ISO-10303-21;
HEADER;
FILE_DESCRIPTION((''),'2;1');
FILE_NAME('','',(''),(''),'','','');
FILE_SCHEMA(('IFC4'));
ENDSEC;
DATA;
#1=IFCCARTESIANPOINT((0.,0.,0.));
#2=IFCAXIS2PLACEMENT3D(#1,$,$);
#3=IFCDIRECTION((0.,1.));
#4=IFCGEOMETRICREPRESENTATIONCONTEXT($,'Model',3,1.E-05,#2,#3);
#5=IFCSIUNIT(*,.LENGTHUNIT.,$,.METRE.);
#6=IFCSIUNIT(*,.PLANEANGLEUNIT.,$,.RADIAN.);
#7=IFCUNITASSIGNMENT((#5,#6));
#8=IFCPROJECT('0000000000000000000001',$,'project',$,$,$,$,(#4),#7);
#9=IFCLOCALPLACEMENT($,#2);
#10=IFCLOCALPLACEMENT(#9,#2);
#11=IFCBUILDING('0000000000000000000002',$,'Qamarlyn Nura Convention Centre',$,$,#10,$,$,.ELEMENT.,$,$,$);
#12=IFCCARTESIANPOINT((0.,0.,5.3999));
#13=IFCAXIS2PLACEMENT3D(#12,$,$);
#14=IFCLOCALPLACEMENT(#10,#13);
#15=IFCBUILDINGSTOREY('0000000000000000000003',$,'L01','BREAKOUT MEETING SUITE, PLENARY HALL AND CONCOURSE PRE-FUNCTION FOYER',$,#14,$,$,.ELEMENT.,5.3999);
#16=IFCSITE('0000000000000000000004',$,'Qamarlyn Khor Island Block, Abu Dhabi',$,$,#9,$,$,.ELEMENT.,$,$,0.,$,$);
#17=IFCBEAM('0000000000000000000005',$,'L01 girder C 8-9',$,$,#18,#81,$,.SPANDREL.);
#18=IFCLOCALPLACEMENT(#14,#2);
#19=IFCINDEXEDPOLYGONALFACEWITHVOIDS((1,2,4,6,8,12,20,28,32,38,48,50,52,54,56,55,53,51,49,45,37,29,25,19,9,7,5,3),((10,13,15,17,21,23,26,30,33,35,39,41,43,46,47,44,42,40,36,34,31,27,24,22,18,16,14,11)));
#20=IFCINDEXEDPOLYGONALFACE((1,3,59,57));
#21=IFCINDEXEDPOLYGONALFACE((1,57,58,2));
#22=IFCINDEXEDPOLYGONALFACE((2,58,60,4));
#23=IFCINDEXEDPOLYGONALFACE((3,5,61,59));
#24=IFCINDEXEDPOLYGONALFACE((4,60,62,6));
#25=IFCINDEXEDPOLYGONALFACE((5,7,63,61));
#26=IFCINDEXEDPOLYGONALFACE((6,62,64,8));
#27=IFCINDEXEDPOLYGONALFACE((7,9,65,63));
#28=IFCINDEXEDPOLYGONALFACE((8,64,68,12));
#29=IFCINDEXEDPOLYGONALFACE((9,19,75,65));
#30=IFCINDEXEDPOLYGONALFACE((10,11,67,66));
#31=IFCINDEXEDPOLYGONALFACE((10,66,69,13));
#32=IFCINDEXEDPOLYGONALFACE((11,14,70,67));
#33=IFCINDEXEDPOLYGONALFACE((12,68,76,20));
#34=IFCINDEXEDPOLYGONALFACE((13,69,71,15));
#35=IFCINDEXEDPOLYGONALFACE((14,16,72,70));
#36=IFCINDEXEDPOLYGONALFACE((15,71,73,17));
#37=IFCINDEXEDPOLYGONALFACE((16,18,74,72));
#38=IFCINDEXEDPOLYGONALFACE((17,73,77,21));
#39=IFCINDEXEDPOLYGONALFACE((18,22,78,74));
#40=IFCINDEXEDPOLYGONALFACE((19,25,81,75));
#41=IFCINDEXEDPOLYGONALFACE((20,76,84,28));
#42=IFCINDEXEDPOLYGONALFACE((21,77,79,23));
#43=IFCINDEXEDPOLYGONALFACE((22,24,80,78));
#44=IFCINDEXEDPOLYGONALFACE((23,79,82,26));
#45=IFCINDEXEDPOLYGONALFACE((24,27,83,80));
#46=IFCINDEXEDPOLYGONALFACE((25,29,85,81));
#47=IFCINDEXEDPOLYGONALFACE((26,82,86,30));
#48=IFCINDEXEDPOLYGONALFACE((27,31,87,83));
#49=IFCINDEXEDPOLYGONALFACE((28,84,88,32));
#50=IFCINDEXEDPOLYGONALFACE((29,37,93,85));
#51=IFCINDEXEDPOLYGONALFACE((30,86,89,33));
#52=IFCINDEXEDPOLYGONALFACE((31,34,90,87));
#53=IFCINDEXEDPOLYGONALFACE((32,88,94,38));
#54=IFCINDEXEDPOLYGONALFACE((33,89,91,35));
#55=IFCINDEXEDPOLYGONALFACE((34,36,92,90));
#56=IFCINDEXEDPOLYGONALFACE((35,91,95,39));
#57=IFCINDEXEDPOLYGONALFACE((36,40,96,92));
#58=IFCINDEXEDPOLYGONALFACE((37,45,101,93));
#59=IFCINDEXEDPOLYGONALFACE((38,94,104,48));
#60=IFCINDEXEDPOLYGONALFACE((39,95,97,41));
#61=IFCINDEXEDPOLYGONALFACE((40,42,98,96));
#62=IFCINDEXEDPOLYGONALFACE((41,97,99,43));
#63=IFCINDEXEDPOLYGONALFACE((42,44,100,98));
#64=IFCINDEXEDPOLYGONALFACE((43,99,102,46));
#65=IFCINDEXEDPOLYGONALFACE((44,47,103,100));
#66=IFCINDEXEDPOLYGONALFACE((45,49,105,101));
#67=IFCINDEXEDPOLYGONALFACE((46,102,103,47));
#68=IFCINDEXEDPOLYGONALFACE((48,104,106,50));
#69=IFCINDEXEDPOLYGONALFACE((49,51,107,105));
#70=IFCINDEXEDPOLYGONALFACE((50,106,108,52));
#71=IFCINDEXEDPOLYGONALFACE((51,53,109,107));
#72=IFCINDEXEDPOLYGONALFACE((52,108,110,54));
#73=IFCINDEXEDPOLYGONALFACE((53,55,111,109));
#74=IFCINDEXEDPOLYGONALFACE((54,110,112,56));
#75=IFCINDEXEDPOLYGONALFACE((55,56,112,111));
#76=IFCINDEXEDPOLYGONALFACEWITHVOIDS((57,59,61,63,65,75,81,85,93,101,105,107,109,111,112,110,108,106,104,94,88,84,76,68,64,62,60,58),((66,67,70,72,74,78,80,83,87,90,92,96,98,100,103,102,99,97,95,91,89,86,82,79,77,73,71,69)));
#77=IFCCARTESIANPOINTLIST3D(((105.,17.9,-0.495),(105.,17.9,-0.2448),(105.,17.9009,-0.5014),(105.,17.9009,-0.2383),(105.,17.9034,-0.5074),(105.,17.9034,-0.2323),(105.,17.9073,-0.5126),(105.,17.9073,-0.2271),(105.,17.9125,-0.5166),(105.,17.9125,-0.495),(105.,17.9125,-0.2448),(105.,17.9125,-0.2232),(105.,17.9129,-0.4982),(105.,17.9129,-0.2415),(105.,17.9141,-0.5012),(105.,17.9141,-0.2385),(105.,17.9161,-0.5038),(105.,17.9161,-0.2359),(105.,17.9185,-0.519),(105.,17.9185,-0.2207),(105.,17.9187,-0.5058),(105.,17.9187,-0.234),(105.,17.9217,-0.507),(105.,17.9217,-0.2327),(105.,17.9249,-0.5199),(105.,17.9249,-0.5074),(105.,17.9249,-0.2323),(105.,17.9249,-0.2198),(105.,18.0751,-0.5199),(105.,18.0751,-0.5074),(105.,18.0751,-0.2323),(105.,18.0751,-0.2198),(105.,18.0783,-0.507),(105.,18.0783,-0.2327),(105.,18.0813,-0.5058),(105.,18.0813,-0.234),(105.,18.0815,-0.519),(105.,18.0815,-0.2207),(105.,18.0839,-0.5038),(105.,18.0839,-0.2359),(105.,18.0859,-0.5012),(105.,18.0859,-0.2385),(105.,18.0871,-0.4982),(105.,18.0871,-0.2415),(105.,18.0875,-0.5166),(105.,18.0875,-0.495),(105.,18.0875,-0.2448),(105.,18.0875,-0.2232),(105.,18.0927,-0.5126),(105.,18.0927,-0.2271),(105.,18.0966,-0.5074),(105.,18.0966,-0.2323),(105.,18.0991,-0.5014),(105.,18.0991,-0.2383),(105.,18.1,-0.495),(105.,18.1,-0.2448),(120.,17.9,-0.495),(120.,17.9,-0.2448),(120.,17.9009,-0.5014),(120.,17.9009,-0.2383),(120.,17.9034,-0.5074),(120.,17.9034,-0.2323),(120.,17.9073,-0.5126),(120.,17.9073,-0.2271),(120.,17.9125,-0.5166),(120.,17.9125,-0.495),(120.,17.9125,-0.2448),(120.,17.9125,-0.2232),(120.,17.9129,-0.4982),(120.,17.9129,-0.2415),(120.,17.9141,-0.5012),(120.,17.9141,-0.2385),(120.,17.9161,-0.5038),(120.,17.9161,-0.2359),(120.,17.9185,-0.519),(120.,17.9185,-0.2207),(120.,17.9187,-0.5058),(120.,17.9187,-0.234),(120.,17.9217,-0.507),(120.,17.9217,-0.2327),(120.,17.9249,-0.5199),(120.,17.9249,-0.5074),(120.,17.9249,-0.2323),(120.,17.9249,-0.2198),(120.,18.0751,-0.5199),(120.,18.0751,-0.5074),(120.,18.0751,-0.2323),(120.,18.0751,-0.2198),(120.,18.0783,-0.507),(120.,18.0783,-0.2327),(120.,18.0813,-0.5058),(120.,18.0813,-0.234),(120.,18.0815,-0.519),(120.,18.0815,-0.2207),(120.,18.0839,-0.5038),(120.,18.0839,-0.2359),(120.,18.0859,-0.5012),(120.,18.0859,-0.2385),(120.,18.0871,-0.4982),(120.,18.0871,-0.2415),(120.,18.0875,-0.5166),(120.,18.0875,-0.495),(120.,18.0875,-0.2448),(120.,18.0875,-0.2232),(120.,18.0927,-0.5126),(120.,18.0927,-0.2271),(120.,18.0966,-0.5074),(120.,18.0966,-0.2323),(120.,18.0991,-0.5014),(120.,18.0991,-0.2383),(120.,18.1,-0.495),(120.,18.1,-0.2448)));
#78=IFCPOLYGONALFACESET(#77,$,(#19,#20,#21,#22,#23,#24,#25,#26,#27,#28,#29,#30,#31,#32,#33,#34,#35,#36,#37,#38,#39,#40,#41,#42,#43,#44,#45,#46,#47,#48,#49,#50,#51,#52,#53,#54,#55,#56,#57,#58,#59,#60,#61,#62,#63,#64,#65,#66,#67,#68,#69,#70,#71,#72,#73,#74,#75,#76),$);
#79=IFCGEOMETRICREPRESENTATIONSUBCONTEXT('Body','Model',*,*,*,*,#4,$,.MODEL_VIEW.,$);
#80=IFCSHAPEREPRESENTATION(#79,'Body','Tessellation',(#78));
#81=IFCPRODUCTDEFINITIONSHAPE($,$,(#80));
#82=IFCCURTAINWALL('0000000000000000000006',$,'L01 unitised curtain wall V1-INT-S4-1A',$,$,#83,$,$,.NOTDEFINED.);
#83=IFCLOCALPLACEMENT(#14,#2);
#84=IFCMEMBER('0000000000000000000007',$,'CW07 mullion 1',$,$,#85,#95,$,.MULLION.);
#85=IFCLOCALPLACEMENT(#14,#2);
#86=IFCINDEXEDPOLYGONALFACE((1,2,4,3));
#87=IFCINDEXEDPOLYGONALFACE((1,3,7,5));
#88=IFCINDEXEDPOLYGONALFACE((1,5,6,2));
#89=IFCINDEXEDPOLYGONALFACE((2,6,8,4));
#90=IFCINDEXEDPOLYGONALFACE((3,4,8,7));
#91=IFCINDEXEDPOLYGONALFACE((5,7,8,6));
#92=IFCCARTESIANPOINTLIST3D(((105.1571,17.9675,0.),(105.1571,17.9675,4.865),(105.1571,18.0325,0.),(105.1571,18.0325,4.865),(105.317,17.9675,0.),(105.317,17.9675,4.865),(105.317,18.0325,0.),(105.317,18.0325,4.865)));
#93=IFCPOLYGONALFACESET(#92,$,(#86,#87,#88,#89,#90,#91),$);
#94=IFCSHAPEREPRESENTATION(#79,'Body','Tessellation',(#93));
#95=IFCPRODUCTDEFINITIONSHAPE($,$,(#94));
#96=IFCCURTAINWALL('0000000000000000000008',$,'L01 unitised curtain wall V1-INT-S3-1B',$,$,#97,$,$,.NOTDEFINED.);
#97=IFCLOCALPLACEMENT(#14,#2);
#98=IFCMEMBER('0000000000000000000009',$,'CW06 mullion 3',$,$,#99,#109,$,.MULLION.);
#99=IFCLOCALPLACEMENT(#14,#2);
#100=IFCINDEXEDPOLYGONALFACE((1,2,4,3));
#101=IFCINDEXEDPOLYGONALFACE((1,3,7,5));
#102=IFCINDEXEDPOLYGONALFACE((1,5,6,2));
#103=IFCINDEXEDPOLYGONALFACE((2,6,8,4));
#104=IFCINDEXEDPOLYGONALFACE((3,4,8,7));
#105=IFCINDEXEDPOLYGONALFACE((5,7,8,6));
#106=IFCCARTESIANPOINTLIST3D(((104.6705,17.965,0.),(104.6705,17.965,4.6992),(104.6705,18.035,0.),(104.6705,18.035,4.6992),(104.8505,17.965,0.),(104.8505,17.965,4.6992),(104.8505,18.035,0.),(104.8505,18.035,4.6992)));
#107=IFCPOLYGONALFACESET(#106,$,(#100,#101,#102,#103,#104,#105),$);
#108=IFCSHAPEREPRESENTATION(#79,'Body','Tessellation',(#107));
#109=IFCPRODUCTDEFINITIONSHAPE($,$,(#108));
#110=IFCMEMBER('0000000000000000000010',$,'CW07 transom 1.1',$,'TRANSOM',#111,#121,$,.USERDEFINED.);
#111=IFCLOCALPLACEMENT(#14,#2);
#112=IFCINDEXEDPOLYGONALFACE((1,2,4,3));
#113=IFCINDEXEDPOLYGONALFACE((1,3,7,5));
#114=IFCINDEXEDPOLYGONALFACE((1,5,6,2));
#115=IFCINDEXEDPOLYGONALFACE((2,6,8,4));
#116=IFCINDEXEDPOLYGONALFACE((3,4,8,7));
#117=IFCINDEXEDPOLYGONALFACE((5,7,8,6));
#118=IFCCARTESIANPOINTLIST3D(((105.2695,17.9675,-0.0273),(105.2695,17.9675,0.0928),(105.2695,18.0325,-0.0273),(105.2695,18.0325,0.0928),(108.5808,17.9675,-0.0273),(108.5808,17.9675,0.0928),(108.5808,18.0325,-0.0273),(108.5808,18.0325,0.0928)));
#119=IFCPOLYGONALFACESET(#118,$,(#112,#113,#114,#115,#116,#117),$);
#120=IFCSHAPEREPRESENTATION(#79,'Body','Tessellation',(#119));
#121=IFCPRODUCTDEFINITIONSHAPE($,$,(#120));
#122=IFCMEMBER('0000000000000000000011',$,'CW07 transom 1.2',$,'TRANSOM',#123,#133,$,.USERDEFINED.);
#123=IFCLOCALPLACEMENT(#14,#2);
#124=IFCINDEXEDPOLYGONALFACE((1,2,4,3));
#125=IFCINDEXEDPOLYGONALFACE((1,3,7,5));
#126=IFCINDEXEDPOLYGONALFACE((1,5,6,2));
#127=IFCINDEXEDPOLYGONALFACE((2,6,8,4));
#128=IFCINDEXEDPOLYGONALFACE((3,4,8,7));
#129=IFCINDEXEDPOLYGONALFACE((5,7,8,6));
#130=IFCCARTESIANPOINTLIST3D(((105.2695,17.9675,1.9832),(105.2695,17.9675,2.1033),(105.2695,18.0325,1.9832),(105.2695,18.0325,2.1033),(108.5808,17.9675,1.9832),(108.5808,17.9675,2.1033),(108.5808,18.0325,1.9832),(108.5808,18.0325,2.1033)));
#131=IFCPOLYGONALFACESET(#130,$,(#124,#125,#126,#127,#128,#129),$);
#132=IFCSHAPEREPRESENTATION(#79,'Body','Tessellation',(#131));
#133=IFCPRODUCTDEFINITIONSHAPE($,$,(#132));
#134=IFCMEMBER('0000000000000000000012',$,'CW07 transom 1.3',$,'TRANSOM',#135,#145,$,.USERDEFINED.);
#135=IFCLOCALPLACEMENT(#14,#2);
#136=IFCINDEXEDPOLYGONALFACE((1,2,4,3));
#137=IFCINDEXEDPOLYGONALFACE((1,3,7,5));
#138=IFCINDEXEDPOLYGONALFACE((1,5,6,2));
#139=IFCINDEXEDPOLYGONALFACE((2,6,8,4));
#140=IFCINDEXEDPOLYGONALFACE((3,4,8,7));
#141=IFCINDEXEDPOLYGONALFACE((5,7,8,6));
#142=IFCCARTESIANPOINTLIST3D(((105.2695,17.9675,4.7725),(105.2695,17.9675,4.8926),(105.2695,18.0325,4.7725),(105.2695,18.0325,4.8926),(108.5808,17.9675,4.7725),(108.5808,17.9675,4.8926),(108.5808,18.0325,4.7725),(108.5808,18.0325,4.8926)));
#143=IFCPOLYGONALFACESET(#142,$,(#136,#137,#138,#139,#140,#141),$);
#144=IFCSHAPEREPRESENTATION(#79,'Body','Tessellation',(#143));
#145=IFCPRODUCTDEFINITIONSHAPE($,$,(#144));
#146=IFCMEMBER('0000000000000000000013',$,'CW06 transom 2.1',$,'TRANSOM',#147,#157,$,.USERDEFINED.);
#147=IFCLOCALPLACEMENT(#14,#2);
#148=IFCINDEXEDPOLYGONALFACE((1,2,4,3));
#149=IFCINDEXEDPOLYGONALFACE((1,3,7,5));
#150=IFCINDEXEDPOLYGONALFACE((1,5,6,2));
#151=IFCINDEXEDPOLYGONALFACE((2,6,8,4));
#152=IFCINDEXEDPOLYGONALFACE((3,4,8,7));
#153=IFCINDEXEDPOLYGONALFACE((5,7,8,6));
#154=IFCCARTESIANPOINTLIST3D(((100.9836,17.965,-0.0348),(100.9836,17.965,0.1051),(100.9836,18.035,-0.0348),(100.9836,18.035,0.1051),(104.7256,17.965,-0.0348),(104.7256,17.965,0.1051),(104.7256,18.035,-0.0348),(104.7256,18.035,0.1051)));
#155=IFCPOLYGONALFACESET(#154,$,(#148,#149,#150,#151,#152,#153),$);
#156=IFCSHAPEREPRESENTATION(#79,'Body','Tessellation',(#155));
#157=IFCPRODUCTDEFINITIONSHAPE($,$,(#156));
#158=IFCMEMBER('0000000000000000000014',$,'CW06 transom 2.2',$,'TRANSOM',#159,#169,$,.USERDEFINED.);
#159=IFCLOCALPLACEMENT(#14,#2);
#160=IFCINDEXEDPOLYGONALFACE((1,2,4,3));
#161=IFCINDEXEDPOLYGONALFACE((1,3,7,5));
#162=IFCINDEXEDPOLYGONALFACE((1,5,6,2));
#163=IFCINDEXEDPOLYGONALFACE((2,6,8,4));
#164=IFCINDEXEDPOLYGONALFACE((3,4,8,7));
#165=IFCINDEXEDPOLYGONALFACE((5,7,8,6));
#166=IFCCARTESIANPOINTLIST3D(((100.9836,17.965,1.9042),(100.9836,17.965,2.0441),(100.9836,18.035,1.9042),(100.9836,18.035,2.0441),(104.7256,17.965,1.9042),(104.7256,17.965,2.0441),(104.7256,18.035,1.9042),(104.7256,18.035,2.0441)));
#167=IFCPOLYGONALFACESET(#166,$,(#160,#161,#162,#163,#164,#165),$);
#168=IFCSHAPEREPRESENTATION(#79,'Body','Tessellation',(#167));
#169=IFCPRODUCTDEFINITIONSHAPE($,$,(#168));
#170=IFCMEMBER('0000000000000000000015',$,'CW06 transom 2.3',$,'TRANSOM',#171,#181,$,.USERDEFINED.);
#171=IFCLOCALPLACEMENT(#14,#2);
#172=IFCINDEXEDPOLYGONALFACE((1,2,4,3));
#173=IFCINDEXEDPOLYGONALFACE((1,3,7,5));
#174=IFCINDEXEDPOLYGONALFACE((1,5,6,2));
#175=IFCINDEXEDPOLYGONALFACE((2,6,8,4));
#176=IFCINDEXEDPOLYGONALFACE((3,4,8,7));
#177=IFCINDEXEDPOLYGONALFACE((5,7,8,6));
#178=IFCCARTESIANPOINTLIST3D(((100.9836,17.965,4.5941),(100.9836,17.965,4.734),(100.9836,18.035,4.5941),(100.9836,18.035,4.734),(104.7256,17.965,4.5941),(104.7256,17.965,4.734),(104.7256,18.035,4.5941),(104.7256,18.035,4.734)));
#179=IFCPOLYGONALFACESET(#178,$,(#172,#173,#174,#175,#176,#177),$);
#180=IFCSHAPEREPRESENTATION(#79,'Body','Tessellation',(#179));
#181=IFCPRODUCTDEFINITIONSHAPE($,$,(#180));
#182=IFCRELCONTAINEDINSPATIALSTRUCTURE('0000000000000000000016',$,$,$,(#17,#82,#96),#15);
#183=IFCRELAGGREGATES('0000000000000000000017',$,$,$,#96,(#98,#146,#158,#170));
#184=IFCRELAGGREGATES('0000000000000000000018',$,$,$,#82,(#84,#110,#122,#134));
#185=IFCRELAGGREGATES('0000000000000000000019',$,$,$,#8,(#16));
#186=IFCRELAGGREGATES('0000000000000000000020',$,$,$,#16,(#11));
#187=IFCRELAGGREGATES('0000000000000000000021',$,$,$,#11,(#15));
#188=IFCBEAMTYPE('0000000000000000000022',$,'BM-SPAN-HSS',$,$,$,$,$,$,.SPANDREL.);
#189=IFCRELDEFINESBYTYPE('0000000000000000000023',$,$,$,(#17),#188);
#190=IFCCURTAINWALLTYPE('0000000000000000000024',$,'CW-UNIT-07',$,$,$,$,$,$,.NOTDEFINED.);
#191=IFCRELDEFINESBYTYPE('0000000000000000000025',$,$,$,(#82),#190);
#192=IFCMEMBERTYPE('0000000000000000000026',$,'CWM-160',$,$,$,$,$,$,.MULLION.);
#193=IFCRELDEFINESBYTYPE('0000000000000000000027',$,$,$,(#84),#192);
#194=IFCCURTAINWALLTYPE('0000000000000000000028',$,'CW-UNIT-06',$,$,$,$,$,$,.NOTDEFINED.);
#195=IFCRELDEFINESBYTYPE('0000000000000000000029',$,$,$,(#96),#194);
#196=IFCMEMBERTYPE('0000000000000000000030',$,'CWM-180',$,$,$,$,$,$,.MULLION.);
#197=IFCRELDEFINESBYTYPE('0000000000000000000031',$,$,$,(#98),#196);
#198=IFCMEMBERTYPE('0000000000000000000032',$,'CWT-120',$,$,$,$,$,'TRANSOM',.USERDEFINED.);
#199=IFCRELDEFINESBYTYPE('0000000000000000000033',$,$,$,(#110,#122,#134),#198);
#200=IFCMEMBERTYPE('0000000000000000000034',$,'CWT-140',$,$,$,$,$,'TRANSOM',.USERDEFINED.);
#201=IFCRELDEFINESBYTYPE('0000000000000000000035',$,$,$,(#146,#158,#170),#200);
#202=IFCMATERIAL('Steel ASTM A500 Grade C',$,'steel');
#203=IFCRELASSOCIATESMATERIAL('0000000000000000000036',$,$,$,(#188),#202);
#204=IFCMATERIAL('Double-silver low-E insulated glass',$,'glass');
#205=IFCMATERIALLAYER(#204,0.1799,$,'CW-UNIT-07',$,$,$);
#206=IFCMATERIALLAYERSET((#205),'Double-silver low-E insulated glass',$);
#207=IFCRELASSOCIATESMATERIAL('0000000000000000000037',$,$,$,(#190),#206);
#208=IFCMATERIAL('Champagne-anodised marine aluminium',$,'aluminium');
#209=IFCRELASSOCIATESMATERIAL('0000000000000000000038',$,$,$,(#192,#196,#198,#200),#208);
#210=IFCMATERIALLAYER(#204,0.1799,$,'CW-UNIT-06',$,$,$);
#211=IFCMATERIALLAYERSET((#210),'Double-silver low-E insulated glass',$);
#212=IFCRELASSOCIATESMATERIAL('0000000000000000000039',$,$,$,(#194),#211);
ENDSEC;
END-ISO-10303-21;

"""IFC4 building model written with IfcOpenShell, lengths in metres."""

from ifc_helpers import new_model, si_unit, direction, frame, origin, origin_2d, place, context, subcontext, project, spatial, rectangle, hollow_rectangle, extrude, material, layer, layer_set, material_profile, profile_set, type_object, element, aggregate, save


model = new_model("IFC4")

# Units and contexts
model_context = context("Model", 3, precision=1e-05, world=origin(), true_north=direction((0.0, 1.0)))
body_context = subcontext(model_context, "Body", "Model", "MODEL_VIEW")
ifc_project = project(units=[si_unit("LENGTHUNIT", "METRE"), si_unit("PLANEANGLEUNIT", "RADIAN")], contexts=[model_context])

# Site, building, storey
site_placement = place(None, origin())
site = spatial("IfcSite", under=ifc_project, at=site_placement, Name="Qamarlyn Khor Island Block, Abu Dhabi", CompositionType="ELEMENT", RefElevation=0.0)
building_placement = place(site_placement, origin())
building = spatial("IfcBuilding", under=site, at=building_placement, Name="Qamarlyn Nura Convention Centre", CompositionType="ELEMENT")
storey_placement = place(building_placement, frame((0.0, 0.0, 5.3999)))
storey = spatial("IfcBuildingStorey", under=building, at=storey_placement, Name="L01", Description="BREAKOUT MEETING SUITE, PLENARY HALL AND CONCOURSE PRE-FUNCTION FOYER", CompositionType="ELEMENT", Elevation=5.3999)

# Beam
ifc_material_1 = material(Name="Steel ASTM A500 Grade C", Category="steel")
ifc_material_profile_1 = material_profile(ifc_material_1, hollow_rectangle(XDim=0.2, YDim=0.3, WallThickness=0.0125, InnerFilletRadius=0.0125, OuterFilletRadius=0.0249, at=origin_2d()), Name="HSS300X200X12.5")
ifc_profile_set_1 = profile_set([ifc_material_profile_1], Name="Steel ASTM A500 Grade C")
beam_type_1 = type_object("IfcBeamType", Name="BM-SPAN-HSS", PredefinedType="SPANDREL", material=ifc_profile_set_1)
beam_1_placement = place(storey_placement, frame((105.0, 18.0, -0.3699), z_axis=(1.0, 0.0, 0.0), x_axis=(0.0, 1.0, 0.0)))
element("IfcBeam", 1, at=beam_1_placement, inside=storey, type_object=beam_type_1, Name="L01 girder C 8-9", PredefinedType="SPANDREL", context=body_context, shape_type="SweptSolid", body=[
    extrude(hollow_rectangle(XDim=0.2, YDim=0.3, WallThickness=0.0125, InnerFilletRadius=0.0125, OuterFilletRadius=0.0249, at=origin_2d()), origin(), (0.0, 0.0, 1.0), 15.0),
])

# Curtain walls, members
ifc_material_2 = material(Name="Double-silver low-E insulated glass", Category="glass")
ifc_layer_1 = layer(ifc_material_2, 0.1799, Name="CW-UNIT-07")
ifc_layer_set_1 = layer_set([ifc_layer_1], Name="Double-silver low-E insulated glass")
curtain_wall_type_1 = type_object("IfcCurtainWallType", Name="CW-UNIT-07", PredefinedType="NOTDEFINED", material=ifc_layer_set_1)
curtain_wall_1_placement = place(storey_placement, origin())
curtain_wall_1 = element("IfcCurtainWall", 2, at=curtain_wall_1_placement, inside=storey, type_object=curtain_wall_type_1, Name="L01 unitised curtain wall V1-INT-S4-1A", PredefinedType="NOTDEFINED")
ifc_material_3 = material(Name="Champagne-anodised marine aluminium", Category="aluminium")
ifc_material_profile_2 = material_profile(ifc_material_3, rectangle(XDim=0.0649, YDim=0.1599, at=origin_2d()), Name="ALU MULLION 65x160")
ifc_profile_set_2 = profile_set([ifc_material_profile_2], Name="Champagne-anodised marine aluminium")
member_type_1 = type_object("IfcMemberType", Name="CWM-160", PredefinedType="MULLION", material=ifc_profile_set_2)
member_1_placement = place(storey_placement, frame((105.2371, 18.0, 0.0), z_axis=(0.0, 0.0, 1.0), x_axis=(0.0, 1.0, 0.0)))
member_1 = element("IfcMember", 3, at=member_1_placement, type_object=member_type_1, Name="CW07 mullion 1", PredefinedType="MULLION", context=body_context, shape_type="SweptSolid", body=[
    extrude(rectangle(XDim=0.0649, YDim=0.1599, at=origin_2d()), origin(), (0.0, 0.0, 1.0), 4.865),
])
ifc_layer_2 = layer(ifc_material_2, 0.1799, Name="CW-UNIT-06")
ifc_layer_set_2 = layer_set([ifc_layer_2], Name="Double-silver low-E insulated glass")
curtain_wall_type_2 = type_object("IfcCurtainWallType", Name="CW-UNIT-06", PredefinedType="NOTDEFINED", material=ifc_layer_set_2)
curtain_wall_2_placement = place(storey_placement, origin())
curtain_wall_2 = element("IfcCurtainWall", 4, at=curtain_wall_2_placement, inside=storey, type_object=curtain_wall_type_2, Name="L01 unitised curtain wall V1-INT-S3-1B", PredefinedType="NOTDEFINED")
ifc_material_profile_3 = material_profile(ifc_material_3, rectangle(XDim=0.0701, YDim=0.1799, at=origin_2d()), Name="ALU MULLION 70x180")
ifc_profile_set_3 = profile_set([ifc_material_profile_3], Name="Champagne-anodised marine aluminium")
member_type_2 = type_object("IfcMemberType", Name="CWM-180", PredefinedType="MULLION", material=ifc_profile_set_3)
member_2_placement = place(storey_placement, frame((104.7605, 18.0, 0.0), z_axis=(0.0, 0.0, 1.0), x_axis=(0.0, 1.0, 0.0)))
member_2 = element("IfcMember", 5, at=member_2_placement, type_object=member_type_2, Name="CW06 mullion 3", PredefinedType="MULLION", context=body_context, shape_type="SweptSolid", body=[
    extrude(rectangle(XDim=0.0701, YDim=0.1799, at=origin_2d()), origin(), (0.0, 0.0, 1.0), 4.6992),
])

# Members
ifc_material_profile_4 = material_profile(ifc_material_3, rectangle(XDim=0.0649, YDim=0.1201, at=origin_2d()), Name="ALU TRANSOM 65x120")
ifc_profile_set_4 = profile_set([ifc_material_profile_4], Name="Champagne-anodised marine aluminium")
member_type_3 = type_object("IfcMemberType", Name="CWT-120", ElementType="TRANSOM", PredefinedType="USERDEFINED", material=ifc_profile_set_4)
member_3_placement = place(storey_placement, frame((105.2695, 18.0, 0.0327), z_axis=(1.0, 0.0, 0.0), x_axis=(0.0, 1.0, 0.0)))
member_3 = element("IfcMember", 6, at=member_3_placement, type_object=member_type_3, Name="CW07 transom 1.1", ObjectType="TRANSOM", PredefinedType="USERDEFINED", context=body_context, shape_type="SweptSolid", body=[
    extrude(rectangle(XDim=0.0649, YDim=0.1201, at=origin_2d()), origin(), (0.0, 0.0, 1.0), 3.3113),
])
member_4_placement = place(storey_placement, frame((105.2695, 18.0, 2.0432), z_axis=(1.0, 0.0, 0.0), x_axis=(0.0, 1.0, 0.0)))
member_4 = element("IfcMember", 7, at=member_4_placement, type_object=member_type_3, Name="CW07 transom 1.2", ObjectType="TRANSOM", PredefinedType="USERDEFINED", context=body_context, shape_type="SweptSolid", body=[
    extrude(rectangle(XDim=0.0649, YDim=0.1201, at=origin_2d()), origin(), (0.0, 0.0, 1.0), 3.3113),
])
member_5_placement = place(storey_placement, frame((105.2695, 18.0, 4.8325), z_axis=(1.0, 0.0, 0.0), x_axis=(0.0, 1.0, 0.0)))
member_5 = element("IfcMember", 8, at=member_5_placement, type_object=member_type_3, Name="CW07 transom 1.3", ObjectType="TRANSOM", PredefinedType="USERDEFINED", context=body_context, shape_type="SweptSolid", body=[
    extrude(rectangle(XDim=0.0649, YDim=0.1201, at=origin_2d()), origin(), (0.0, 0.0, 1.0), 3.3113),
])
ifc_material_profile_5 = material_profile(ifc_material_3, rectangle(XDim=0.0701, YDim=0.1399, at=origin_2d()), Name="ALU TRANSOM 70x140")
ifc_profile_set_5 = profile_set([ifc_material_profile_5], Name="Champagne-anodised marine aluminium")
member_type_4 = type_object("IfcMemberType", Name="CWT-140", ElementType="TRANSOM", PredefinedType="USERDEFINED", material=ifc_profile_set_5)
member_6_placement = place(storey_placement, frame((100.9836, 18.0, 0.0352), z_axis=(1.0, 0.0, 0.0), x_axis=(0.0, 1.0, 0.0)))
member_6 = element("IfcMember", 9, at=member_6_placement, type_object=member_type_4, Name="CW06 transom 2.1", ObjectType="TRANSOM", PredefinedType="USERDEFINED", context=body_context, shape_type="SweptSolid", body=[
    extrude(rectangle(XDim=0.0701, YDim=0.1399, at=origin_2d()), origin(), (0.0, 0.0, 1.0), 3.7419),
])
member_7_placement = place(storey_placement, frame((100.9836, 18.0, 1.9741), z_axis=(1.0, 0.0, 0.0), x_axis=(0.0, 1.0, 0.0)))
member_7 = element("IfcMember", 10, at=member_7_placement, type_object=member_type_4, Name="CW06 transom 2.2", ObjectType="TRANSOM", PredefinedType="USERDEFINED", context=body_context, shape_type="SweptSolid", body=[
    extrude(rectangle(XDim=0.0701, YDim=0.1399, at=origin_2d()), origin(), (0.0, 0.0, 1.0), 3.7419),
])
member_8_placement = place(storey_placement, frame((100.9836, 18.0, 4.6641), z_axis=(1.0, 0.0, 0.0), x_axis=(0.0, 1.0, 0.0)))
member_8 = element("IfcMember", 11, at=member_8_placement, type_object=member_type_4, Name="CW06 transom 2.3", ObjectType="TRANSOM", PredefinedType="USERDEFINED", context=body_context, shape_type="SweptSolid", body=[
    extrude(rectangle(XDim=0.0701, YDim=0.1399, at=origin_2d()), origin(), (0.0, 0.0, 1.0), 3.7419),
])

aggregate(curtain_wall_2, [member_2, member_6, member_7, member_8])
aggregate(curtain_wall_1, [member_1, member_3, member_4, member_5])

save(model, "model.ifc")
